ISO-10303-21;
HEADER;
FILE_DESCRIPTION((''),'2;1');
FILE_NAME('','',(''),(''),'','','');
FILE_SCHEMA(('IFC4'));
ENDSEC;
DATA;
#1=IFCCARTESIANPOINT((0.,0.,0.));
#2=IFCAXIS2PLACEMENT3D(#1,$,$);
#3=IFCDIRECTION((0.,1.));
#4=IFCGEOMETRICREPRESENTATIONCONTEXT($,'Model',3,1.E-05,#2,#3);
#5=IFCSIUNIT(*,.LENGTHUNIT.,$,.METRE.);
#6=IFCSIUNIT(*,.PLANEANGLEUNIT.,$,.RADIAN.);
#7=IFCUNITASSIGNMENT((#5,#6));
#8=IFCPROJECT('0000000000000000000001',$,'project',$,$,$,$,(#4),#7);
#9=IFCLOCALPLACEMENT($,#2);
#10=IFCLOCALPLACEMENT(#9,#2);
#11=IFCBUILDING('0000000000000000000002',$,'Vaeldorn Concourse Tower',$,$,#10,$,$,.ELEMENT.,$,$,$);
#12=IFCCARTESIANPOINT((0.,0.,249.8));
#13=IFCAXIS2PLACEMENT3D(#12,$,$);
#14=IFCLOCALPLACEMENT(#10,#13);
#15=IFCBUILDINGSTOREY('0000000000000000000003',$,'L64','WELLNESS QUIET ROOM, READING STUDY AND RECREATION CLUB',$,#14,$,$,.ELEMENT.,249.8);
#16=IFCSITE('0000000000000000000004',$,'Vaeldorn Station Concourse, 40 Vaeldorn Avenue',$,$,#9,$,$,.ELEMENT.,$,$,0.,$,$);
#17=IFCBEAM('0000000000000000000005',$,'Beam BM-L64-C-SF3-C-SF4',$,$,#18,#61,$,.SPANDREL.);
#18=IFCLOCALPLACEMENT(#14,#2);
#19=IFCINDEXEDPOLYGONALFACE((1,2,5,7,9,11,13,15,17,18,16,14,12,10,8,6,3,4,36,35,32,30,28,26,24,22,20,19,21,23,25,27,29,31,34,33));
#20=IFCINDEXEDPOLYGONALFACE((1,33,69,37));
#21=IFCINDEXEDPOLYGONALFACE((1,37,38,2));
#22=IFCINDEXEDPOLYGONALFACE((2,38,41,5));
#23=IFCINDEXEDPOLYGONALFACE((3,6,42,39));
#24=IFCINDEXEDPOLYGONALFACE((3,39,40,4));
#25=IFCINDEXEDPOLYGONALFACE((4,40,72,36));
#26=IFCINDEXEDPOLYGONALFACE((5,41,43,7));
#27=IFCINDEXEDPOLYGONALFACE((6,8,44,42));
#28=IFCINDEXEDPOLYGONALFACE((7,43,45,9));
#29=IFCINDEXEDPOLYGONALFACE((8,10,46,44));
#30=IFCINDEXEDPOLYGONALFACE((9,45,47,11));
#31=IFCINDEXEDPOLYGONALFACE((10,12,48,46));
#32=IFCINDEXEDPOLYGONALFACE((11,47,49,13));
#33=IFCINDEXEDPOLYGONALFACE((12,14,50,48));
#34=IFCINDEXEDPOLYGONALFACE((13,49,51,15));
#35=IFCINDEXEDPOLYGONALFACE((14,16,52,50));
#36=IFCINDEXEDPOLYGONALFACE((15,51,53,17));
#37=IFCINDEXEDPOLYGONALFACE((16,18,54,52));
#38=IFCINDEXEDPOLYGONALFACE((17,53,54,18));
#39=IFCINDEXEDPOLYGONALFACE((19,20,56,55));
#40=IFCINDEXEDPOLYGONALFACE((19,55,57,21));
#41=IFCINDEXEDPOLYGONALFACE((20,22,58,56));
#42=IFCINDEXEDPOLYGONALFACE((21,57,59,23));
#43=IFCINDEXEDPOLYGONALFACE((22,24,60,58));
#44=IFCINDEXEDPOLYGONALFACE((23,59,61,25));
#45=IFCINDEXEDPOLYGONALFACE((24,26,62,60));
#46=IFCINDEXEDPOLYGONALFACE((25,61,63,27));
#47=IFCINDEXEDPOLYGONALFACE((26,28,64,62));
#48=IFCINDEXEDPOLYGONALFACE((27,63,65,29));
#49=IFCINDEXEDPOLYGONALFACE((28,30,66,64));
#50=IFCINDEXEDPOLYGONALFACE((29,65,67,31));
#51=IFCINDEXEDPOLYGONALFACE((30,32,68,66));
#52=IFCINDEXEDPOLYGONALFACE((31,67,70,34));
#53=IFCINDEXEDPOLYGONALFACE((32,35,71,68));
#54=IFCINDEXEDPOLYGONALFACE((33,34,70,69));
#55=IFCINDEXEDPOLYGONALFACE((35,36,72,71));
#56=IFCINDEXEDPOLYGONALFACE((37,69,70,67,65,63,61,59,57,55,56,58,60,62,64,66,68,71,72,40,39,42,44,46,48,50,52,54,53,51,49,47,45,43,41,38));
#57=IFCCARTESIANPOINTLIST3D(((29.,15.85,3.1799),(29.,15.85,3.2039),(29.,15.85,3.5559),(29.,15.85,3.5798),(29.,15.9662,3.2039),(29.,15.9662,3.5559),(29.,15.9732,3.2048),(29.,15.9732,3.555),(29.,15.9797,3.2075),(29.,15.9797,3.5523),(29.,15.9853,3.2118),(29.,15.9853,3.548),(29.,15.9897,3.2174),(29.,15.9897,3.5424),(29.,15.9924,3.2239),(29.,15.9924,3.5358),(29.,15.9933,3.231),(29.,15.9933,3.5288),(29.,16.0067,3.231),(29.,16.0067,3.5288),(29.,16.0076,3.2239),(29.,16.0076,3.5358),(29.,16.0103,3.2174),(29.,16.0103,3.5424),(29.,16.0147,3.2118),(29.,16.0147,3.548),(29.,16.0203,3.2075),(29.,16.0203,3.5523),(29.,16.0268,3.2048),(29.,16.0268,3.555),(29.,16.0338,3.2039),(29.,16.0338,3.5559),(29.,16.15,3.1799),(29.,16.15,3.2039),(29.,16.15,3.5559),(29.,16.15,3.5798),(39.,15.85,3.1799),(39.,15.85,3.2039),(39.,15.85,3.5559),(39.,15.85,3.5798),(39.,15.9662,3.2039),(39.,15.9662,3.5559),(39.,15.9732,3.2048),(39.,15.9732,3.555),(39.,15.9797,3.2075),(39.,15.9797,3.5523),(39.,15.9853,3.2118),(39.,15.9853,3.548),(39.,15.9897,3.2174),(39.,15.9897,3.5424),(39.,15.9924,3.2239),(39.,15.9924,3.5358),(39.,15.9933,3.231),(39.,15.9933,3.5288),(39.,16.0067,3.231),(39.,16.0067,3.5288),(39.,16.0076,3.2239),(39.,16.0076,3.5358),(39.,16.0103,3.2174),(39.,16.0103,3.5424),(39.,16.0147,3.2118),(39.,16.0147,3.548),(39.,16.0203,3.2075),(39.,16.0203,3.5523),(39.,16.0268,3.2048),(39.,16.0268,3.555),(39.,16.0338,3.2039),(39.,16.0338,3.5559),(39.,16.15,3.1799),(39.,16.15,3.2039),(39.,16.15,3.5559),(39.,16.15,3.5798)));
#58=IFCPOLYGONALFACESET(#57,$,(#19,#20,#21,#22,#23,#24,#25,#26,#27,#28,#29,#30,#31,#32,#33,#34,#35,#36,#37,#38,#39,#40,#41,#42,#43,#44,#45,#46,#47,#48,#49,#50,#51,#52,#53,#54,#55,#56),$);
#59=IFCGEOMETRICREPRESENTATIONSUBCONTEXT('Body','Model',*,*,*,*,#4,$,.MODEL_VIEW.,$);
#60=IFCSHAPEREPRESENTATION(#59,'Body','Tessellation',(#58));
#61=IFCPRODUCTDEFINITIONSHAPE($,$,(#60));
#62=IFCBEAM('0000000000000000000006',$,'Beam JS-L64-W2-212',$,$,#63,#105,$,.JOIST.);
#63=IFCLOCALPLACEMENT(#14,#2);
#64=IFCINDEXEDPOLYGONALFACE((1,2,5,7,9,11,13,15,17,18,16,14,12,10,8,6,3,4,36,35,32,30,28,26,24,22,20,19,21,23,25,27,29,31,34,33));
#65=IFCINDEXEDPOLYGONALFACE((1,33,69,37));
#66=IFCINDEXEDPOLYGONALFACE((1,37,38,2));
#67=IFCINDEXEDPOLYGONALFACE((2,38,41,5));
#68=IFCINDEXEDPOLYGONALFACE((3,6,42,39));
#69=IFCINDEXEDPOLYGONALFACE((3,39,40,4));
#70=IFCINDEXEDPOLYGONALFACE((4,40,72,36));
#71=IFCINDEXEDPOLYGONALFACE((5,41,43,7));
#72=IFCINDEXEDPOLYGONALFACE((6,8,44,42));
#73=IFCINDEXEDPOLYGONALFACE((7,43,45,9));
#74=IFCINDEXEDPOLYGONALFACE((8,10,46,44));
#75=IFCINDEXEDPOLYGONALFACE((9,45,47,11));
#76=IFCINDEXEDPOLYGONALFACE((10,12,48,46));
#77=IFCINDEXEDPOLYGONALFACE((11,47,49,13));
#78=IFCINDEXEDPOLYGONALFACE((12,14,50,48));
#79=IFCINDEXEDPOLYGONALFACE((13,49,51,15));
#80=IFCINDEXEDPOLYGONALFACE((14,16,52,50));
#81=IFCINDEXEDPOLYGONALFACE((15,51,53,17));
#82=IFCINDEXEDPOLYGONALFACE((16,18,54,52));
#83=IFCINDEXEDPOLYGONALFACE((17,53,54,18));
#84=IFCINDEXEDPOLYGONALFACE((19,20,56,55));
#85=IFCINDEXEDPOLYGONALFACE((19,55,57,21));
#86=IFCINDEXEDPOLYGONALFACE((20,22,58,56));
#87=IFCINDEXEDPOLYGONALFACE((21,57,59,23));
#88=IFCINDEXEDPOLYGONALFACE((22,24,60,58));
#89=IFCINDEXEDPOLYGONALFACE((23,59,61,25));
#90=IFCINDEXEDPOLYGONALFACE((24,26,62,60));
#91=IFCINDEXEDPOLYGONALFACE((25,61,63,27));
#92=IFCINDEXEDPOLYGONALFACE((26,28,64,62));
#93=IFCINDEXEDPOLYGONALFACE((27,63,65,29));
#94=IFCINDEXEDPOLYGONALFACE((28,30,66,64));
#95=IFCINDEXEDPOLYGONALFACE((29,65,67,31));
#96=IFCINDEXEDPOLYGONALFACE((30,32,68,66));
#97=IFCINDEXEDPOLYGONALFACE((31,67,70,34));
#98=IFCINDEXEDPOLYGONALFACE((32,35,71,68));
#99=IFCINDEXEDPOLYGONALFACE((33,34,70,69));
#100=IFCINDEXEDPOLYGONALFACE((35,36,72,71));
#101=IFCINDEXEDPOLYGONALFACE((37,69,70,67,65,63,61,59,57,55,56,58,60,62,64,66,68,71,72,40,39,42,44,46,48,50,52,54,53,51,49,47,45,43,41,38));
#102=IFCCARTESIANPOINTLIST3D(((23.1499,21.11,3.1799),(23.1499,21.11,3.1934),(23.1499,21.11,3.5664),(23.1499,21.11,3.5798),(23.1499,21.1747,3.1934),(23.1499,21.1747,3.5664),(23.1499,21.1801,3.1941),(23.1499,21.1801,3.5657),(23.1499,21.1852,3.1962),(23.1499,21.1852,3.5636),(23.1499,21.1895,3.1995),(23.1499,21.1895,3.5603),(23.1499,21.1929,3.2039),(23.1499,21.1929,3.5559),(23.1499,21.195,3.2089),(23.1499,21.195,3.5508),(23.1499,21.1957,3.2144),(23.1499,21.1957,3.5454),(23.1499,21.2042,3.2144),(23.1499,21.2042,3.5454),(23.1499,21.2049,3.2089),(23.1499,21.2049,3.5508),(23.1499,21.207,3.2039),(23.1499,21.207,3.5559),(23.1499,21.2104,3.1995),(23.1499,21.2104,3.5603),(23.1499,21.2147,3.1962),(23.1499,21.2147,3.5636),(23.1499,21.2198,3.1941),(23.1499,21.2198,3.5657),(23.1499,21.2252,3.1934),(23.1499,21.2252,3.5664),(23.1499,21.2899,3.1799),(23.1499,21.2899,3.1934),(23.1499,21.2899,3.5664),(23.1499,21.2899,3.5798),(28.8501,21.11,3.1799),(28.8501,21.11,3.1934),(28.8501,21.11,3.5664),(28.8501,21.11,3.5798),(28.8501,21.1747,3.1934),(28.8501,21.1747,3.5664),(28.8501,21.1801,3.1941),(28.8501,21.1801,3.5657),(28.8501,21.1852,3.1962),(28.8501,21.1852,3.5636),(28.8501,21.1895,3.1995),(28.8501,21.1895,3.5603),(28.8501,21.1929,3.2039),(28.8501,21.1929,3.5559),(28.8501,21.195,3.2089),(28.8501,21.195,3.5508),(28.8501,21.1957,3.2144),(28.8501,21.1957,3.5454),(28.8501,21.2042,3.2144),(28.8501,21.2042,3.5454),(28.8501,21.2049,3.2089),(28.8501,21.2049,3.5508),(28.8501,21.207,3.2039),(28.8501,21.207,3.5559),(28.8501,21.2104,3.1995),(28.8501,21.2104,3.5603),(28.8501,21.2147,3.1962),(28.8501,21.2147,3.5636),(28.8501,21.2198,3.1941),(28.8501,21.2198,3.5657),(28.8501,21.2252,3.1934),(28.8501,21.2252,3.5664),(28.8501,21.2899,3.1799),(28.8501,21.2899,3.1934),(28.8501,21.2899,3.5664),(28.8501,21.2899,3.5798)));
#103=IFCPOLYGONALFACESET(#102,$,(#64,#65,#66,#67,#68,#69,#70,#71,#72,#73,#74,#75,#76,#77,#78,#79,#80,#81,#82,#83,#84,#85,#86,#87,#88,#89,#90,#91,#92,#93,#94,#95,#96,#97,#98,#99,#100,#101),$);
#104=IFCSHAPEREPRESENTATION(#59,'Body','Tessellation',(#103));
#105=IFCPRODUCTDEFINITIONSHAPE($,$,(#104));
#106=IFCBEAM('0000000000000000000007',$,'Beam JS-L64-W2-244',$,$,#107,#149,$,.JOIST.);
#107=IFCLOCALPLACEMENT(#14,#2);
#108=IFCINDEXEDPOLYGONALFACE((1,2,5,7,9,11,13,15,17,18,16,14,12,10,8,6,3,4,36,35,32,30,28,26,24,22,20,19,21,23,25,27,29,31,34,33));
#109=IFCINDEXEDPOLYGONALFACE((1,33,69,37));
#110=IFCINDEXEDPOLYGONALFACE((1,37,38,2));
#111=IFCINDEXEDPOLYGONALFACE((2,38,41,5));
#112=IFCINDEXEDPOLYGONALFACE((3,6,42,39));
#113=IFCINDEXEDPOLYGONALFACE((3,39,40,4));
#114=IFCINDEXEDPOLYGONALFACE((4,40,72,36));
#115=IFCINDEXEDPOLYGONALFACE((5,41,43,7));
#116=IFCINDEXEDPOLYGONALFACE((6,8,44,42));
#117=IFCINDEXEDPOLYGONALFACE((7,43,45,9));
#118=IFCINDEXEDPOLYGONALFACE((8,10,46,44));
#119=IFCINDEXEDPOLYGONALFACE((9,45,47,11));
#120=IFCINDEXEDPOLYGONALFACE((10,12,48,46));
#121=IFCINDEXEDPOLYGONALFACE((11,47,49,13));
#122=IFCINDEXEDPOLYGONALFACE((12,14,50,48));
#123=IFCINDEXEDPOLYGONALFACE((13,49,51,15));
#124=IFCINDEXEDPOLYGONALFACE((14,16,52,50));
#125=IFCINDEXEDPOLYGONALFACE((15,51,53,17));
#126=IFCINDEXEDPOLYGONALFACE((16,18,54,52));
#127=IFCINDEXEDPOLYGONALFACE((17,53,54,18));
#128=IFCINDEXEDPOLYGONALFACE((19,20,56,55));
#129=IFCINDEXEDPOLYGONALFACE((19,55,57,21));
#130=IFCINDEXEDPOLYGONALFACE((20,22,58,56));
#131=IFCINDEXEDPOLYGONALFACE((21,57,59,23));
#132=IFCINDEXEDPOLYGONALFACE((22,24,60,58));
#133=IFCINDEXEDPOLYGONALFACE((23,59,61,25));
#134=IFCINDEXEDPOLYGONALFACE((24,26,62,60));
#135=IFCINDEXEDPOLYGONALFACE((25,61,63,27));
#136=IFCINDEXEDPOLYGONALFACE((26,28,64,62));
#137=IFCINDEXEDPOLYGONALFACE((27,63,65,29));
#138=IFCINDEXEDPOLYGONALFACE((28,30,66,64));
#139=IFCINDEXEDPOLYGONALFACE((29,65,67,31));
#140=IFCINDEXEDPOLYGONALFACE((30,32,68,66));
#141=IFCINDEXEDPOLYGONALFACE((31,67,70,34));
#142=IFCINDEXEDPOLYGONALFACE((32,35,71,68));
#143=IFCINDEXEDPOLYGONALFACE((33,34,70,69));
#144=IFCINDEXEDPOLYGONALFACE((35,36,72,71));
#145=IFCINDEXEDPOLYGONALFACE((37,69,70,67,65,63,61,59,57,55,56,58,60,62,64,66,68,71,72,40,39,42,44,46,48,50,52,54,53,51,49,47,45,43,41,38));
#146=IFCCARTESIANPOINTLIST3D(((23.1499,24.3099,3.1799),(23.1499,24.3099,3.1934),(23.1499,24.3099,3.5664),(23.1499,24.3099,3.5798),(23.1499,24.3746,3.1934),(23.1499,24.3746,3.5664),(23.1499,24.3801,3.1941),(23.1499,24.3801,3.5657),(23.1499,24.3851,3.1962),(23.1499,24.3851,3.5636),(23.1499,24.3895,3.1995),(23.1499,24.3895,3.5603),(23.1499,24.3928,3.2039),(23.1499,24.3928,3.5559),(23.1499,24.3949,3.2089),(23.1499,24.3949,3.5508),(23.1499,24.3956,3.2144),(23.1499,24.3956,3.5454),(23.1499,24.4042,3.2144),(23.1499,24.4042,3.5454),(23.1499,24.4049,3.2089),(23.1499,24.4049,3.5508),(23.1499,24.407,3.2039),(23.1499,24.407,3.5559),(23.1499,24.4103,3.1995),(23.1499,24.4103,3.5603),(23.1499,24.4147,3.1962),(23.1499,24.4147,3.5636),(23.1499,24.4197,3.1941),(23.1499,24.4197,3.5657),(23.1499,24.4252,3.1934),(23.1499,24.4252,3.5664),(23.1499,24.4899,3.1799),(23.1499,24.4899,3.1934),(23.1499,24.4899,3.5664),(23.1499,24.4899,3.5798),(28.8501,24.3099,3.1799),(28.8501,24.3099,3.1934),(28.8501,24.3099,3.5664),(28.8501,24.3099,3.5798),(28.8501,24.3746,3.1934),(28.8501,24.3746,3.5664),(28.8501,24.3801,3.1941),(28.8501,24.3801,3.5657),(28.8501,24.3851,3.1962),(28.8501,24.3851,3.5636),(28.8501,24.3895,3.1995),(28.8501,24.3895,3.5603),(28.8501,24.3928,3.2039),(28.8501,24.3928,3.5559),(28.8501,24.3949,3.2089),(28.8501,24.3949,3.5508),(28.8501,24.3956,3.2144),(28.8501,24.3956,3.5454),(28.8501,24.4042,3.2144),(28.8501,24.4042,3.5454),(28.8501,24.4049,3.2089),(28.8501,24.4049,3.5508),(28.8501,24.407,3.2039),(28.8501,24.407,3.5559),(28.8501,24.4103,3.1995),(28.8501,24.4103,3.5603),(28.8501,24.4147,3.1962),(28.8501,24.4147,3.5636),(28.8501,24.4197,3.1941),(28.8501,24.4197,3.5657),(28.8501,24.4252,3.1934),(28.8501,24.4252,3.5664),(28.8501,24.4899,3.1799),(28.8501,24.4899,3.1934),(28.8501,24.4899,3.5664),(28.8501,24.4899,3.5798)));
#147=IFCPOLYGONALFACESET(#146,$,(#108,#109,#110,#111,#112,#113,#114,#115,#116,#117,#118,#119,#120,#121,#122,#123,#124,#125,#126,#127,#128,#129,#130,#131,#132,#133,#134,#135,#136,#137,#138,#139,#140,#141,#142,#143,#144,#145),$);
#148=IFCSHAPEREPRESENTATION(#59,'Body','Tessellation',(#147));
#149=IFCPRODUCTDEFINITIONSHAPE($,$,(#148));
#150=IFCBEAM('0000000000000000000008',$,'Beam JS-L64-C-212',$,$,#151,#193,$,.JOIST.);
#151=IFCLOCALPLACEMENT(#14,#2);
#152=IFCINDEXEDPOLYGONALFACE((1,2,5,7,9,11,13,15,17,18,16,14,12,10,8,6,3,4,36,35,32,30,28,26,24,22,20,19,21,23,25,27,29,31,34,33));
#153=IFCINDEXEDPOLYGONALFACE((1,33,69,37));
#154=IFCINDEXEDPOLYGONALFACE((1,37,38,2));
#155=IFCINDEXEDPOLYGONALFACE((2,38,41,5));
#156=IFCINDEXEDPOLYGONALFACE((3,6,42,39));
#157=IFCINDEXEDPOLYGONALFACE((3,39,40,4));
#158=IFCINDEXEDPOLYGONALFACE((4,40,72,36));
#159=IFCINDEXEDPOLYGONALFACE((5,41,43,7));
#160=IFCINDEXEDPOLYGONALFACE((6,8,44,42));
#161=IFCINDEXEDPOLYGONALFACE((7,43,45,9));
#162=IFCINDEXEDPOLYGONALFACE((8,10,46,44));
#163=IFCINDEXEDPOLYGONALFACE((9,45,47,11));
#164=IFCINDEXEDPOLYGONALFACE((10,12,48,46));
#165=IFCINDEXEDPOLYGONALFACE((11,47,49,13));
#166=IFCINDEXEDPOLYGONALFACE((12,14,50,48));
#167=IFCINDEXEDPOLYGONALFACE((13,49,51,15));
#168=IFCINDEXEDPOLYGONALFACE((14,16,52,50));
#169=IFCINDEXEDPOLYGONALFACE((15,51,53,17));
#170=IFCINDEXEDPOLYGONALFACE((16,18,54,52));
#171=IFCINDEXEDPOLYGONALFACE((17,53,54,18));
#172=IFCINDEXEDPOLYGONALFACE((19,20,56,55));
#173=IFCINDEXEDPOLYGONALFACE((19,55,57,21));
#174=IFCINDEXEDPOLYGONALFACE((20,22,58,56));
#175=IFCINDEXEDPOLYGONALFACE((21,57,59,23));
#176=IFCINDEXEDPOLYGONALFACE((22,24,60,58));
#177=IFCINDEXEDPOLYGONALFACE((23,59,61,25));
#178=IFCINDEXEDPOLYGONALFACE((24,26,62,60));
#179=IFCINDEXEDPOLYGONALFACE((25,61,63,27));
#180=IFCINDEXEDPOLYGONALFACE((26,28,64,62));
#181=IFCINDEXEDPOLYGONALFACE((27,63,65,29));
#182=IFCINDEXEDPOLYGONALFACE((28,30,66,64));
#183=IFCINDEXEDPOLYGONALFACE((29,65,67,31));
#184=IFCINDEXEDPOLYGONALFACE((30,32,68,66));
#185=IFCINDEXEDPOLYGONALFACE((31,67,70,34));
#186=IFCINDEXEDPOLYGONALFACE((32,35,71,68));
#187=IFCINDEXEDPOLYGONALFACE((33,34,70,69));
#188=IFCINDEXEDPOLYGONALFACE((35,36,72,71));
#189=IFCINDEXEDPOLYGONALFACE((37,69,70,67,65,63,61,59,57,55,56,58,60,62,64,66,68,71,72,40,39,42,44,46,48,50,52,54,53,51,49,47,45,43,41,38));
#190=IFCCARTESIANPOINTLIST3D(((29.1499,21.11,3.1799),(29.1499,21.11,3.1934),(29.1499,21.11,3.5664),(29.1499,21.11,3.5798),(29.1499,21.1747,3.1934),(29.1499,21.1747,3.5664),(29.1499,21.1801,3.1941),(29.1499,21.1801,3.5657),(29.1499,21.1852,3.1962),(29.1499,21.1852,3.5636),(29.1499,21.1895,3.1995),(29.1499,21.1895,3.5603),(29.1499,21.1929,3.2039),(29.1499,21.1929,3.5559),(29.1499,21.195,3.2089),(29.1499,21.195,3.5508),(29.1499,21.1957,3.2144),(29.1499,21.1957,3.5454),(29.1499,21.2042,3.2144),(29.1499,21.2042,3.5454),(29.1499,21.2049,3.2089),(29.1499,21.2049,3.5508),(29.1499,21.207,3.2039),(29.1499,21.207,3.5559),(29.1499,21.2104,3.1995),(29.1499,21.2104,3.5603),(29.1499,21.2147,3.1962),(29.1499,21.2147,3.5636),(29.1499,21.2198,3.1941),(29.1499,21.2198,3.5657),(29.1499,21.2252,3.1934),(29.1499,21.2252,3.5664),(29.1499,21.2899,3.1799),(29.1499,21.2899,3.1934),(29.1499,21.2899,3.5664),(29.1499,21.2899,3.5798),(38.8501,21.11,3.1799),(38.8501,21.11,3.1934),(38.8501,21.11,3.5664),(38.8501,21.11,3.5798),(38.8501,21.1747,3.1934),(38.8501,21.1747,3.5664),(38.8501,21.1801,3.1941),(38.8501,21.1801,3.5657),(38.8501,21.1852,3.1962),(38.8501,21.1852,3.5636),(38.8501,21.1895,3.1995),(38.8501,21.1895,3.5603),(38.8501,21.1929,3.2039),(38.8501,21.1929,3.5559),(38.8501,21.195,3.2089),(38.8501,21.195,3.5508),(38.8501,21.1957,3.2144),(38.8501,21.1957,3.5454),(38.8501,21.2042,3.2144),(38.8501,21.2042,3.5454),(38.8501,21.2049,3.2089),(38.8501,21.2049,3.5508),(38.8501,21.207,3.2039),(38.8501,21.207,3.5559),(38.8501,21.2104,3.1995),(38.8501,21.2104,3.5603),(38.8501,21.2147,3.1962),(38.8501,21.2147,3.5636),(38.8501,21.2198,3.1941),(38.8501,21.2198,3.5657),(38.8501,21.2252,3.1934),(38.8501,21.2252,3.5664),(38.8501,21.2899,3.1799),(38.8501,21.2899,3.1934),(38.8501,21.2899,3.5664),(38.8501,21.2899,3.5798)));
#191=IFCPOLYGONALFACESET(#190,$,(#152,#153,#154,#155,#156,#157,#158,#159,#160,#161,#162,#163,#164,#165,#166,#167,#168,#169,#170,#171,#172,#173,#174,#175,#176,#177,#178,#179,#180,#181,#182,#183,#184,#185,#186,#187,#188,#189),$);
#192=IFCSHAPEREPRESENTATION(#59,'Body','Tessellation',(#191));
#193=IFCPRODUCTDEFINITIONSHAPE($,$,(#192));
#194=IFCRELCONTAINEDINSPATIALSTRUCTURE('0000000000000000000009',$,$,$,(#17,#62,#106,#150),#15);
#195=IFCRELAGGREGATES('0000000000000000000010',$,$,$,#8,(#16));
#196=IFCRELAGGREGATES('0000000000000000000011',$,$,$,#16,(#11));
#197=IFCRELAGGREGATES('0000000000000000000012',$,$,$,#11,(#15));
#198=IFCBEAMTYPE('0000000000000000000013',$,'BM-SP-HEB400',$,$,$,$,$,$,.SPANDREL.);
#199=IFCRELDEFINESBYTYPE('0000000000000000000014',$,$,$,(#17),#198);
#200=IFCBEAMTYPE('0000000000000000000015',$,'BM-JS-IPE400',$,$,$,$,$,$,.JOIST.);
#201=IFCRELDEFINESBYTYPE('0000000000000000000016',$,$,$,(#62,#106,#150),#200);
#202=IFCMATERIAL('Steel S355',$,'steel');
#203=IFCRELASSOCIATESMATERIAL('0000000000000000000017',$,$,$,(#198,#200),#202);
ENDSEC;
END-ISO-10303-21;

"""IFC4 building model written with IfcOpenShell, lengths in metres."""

from ifc_helpers import new_model, si_unit, direction, frame, origin, origin_2d, place, context, subcontext, project, spatial, i_section, extrude, source, transform, mapped, material, material_profile, profile_set, type_object, element, save


model = new_model("IFC4")

# Units and contexts
model_context = context("Model", 3, precision=1e-05, world=origin(), true_north=direction((0.0, 1.0)))
body_context = subcontext(model_context, "Body", "Model", "MODEL_VIEW")
ifc_project = project(units=[si_unit("LENGTHUNIT", "METRE"), si_unit("PLANEANGLEUNIT", "RADIAN")], contexts=[model_context])

# Site, building, storey
site_placement = place(None, origin())
site = spatial("IfcSite", under=ifc_project, at=site_placement, Name="Vaeldorn Station Concourse, 40 Vaeldorn Avenue", CompositionType="ELEMENT", RefElevation=0.0)
building_placement = place(site_placement, origin())
building = spatial("IfcBuilding", under=site, at=building_placement, Name="Vaeldorn Concourse Tower", CompositionType="ELEMENT")
storey_placement = place(building_placement, frame((0.0, 0.0, 249.8)))
storey = spatial("IfcBuildingStorey", under=building, at=storey_placement, Name="L64", Description="WELLNESS QUIET ROOM, READING STUDY AND RECREATION CLUB", CompositionType="ELEMENT", Elevation=249.8)

# Shared definitions
ifc_material_1 = material(Name="Steel S355", Category="steel")

# Beams
ifc_material_profile_1 = material_profile(ifc_material_1, i_section(OverallWidth=0.3, OverallDepth=0.3999, WebThickness=0.0134, FlangeThickness=0.0239, FilletRadius=0.0271, at=origin_2d()), Name="HEB 400")
ifc_profile_set_1 = profile_set([ifc_material_profile_1], Name="Steel S355")
beam_type_1 = type_object("IfcBeamType", Name="BM-SP-HEB400", PredefinedType="SPANDREL", material=ifc_profile_set_1)
shared_shape_1 = source(origin(), body_context, "Body", "SweptSolid", [
    extrude(i_section(OverallWidth=0.3, OverallDepth=0.3999, WebThickness=0.0134, FlangeThickness=0.0239, FilletRadius=0.0271, at=origin_2d()), origin(), (0.0, 0.0, 1.0), 10.0),
])
beam_1_placement = place(storey_placement, frame((29.0, 16.0, 3.3799), z_axis=(1.0, 0.0, 0.0), x_axis=(0.0, 1.0, 0.0)))
element("IfcBeam", 1, at=beam_1_placement, inside=storey, type_object=beam_type_1, Name="Beam BM-L64-C-SF3-C-SF4", PredefinedType="SPANDREL", context=body_context, shape_type="MappedRepresentation", body=[
    mapped(shared_shape_1, transform((0.0, 0.0, 0.0), scale=1.0)),
])
ifc_material_profile_2 = material_profile(ifc_material_1, i_section(OverallWidth=0.1799, OverallDepth=0.3999, WebThickness=0.0085, FlangeThickness=0.0134, FilletRadius=0.021, at=origin_2d()), Name="IPE 400")
ifc_profile_set_2 = profile_set([ifc_material_profile_2], Name="Steel S355")
beam_type_2 = type_object("IfcBeamType", Name="BM-JS-IPE400", PredefinedType="JOIST", material=ifc_profile_set_2)
shared_shape_2 = source(origin(), body_context, "Body", "SweptSolid", [
    extrude(i_section(OverallWidth=0.1799, OverallDepth=0.3999, WebThickness=0.0085, FlangeThickness=0.0134, FilletRadius=0.021, at=origin_2d()), origin(), (0.0, 0.0, 1.0), 5.7002),
])
for number, where, z_axis, x_axis, name in (
    (2, (23.1499, 21.2, 3.3799), (1.0, 0.0, 0.0), (0.0, 1.0, 0.0), "Beam JS-L64-W2-212"),
    (3, (23.1499, 24.3999, 3.3799), (1.0, 0.0, 0.0), (0.0, 1.0, 0.0), "Beam JS-L64-W2-244"),
):
    element("IfcBeam", number, at=place(storey_placement, frame(where, z_axis=z_axis, x_axis=x_axis)), inside=storey, type_object=beam_type_2, Name=name, PredefinedType="JOIST", context=body_context, shape_type="MappedRepresentation", body=[
        mapped(shared_shape_2, transform((0.0, 0.0, 0.0), scale=1.0)),
    ])
shared_shape_3 = source(origin(), body_context, "Body", "SweptSolid", [
    extrude(i_section(OverallWidth=0.1799, OverallDepth=0.3999, WebThickness=0.0085, FlangeThickness=0.0134, FilletRadius=0.021, at=origin_2d()), origin(), (0.0, 0.0, 1.0), 9.7002),
])
beam_2_placement = place(storey_placement, frame((29.1499, 21.2, 3.3799), z_axis=(1.0, 0.0, 0.0), x_axis=(0.0, 1.0, 0.0)))
element("IfcBeam", 4, at=beam_2_placement, inside=storey, type_object=beam_type_2, Name="Beam JS-L64-C-212", PredefinedType="JOIST", context=body_context, shape_type="MappedRepresentation", body=[
    mapped(shared_shape_3, transform((0.0, 0.0, 0.0), scale=1.0)),
])

save(model, "model.ifc")
